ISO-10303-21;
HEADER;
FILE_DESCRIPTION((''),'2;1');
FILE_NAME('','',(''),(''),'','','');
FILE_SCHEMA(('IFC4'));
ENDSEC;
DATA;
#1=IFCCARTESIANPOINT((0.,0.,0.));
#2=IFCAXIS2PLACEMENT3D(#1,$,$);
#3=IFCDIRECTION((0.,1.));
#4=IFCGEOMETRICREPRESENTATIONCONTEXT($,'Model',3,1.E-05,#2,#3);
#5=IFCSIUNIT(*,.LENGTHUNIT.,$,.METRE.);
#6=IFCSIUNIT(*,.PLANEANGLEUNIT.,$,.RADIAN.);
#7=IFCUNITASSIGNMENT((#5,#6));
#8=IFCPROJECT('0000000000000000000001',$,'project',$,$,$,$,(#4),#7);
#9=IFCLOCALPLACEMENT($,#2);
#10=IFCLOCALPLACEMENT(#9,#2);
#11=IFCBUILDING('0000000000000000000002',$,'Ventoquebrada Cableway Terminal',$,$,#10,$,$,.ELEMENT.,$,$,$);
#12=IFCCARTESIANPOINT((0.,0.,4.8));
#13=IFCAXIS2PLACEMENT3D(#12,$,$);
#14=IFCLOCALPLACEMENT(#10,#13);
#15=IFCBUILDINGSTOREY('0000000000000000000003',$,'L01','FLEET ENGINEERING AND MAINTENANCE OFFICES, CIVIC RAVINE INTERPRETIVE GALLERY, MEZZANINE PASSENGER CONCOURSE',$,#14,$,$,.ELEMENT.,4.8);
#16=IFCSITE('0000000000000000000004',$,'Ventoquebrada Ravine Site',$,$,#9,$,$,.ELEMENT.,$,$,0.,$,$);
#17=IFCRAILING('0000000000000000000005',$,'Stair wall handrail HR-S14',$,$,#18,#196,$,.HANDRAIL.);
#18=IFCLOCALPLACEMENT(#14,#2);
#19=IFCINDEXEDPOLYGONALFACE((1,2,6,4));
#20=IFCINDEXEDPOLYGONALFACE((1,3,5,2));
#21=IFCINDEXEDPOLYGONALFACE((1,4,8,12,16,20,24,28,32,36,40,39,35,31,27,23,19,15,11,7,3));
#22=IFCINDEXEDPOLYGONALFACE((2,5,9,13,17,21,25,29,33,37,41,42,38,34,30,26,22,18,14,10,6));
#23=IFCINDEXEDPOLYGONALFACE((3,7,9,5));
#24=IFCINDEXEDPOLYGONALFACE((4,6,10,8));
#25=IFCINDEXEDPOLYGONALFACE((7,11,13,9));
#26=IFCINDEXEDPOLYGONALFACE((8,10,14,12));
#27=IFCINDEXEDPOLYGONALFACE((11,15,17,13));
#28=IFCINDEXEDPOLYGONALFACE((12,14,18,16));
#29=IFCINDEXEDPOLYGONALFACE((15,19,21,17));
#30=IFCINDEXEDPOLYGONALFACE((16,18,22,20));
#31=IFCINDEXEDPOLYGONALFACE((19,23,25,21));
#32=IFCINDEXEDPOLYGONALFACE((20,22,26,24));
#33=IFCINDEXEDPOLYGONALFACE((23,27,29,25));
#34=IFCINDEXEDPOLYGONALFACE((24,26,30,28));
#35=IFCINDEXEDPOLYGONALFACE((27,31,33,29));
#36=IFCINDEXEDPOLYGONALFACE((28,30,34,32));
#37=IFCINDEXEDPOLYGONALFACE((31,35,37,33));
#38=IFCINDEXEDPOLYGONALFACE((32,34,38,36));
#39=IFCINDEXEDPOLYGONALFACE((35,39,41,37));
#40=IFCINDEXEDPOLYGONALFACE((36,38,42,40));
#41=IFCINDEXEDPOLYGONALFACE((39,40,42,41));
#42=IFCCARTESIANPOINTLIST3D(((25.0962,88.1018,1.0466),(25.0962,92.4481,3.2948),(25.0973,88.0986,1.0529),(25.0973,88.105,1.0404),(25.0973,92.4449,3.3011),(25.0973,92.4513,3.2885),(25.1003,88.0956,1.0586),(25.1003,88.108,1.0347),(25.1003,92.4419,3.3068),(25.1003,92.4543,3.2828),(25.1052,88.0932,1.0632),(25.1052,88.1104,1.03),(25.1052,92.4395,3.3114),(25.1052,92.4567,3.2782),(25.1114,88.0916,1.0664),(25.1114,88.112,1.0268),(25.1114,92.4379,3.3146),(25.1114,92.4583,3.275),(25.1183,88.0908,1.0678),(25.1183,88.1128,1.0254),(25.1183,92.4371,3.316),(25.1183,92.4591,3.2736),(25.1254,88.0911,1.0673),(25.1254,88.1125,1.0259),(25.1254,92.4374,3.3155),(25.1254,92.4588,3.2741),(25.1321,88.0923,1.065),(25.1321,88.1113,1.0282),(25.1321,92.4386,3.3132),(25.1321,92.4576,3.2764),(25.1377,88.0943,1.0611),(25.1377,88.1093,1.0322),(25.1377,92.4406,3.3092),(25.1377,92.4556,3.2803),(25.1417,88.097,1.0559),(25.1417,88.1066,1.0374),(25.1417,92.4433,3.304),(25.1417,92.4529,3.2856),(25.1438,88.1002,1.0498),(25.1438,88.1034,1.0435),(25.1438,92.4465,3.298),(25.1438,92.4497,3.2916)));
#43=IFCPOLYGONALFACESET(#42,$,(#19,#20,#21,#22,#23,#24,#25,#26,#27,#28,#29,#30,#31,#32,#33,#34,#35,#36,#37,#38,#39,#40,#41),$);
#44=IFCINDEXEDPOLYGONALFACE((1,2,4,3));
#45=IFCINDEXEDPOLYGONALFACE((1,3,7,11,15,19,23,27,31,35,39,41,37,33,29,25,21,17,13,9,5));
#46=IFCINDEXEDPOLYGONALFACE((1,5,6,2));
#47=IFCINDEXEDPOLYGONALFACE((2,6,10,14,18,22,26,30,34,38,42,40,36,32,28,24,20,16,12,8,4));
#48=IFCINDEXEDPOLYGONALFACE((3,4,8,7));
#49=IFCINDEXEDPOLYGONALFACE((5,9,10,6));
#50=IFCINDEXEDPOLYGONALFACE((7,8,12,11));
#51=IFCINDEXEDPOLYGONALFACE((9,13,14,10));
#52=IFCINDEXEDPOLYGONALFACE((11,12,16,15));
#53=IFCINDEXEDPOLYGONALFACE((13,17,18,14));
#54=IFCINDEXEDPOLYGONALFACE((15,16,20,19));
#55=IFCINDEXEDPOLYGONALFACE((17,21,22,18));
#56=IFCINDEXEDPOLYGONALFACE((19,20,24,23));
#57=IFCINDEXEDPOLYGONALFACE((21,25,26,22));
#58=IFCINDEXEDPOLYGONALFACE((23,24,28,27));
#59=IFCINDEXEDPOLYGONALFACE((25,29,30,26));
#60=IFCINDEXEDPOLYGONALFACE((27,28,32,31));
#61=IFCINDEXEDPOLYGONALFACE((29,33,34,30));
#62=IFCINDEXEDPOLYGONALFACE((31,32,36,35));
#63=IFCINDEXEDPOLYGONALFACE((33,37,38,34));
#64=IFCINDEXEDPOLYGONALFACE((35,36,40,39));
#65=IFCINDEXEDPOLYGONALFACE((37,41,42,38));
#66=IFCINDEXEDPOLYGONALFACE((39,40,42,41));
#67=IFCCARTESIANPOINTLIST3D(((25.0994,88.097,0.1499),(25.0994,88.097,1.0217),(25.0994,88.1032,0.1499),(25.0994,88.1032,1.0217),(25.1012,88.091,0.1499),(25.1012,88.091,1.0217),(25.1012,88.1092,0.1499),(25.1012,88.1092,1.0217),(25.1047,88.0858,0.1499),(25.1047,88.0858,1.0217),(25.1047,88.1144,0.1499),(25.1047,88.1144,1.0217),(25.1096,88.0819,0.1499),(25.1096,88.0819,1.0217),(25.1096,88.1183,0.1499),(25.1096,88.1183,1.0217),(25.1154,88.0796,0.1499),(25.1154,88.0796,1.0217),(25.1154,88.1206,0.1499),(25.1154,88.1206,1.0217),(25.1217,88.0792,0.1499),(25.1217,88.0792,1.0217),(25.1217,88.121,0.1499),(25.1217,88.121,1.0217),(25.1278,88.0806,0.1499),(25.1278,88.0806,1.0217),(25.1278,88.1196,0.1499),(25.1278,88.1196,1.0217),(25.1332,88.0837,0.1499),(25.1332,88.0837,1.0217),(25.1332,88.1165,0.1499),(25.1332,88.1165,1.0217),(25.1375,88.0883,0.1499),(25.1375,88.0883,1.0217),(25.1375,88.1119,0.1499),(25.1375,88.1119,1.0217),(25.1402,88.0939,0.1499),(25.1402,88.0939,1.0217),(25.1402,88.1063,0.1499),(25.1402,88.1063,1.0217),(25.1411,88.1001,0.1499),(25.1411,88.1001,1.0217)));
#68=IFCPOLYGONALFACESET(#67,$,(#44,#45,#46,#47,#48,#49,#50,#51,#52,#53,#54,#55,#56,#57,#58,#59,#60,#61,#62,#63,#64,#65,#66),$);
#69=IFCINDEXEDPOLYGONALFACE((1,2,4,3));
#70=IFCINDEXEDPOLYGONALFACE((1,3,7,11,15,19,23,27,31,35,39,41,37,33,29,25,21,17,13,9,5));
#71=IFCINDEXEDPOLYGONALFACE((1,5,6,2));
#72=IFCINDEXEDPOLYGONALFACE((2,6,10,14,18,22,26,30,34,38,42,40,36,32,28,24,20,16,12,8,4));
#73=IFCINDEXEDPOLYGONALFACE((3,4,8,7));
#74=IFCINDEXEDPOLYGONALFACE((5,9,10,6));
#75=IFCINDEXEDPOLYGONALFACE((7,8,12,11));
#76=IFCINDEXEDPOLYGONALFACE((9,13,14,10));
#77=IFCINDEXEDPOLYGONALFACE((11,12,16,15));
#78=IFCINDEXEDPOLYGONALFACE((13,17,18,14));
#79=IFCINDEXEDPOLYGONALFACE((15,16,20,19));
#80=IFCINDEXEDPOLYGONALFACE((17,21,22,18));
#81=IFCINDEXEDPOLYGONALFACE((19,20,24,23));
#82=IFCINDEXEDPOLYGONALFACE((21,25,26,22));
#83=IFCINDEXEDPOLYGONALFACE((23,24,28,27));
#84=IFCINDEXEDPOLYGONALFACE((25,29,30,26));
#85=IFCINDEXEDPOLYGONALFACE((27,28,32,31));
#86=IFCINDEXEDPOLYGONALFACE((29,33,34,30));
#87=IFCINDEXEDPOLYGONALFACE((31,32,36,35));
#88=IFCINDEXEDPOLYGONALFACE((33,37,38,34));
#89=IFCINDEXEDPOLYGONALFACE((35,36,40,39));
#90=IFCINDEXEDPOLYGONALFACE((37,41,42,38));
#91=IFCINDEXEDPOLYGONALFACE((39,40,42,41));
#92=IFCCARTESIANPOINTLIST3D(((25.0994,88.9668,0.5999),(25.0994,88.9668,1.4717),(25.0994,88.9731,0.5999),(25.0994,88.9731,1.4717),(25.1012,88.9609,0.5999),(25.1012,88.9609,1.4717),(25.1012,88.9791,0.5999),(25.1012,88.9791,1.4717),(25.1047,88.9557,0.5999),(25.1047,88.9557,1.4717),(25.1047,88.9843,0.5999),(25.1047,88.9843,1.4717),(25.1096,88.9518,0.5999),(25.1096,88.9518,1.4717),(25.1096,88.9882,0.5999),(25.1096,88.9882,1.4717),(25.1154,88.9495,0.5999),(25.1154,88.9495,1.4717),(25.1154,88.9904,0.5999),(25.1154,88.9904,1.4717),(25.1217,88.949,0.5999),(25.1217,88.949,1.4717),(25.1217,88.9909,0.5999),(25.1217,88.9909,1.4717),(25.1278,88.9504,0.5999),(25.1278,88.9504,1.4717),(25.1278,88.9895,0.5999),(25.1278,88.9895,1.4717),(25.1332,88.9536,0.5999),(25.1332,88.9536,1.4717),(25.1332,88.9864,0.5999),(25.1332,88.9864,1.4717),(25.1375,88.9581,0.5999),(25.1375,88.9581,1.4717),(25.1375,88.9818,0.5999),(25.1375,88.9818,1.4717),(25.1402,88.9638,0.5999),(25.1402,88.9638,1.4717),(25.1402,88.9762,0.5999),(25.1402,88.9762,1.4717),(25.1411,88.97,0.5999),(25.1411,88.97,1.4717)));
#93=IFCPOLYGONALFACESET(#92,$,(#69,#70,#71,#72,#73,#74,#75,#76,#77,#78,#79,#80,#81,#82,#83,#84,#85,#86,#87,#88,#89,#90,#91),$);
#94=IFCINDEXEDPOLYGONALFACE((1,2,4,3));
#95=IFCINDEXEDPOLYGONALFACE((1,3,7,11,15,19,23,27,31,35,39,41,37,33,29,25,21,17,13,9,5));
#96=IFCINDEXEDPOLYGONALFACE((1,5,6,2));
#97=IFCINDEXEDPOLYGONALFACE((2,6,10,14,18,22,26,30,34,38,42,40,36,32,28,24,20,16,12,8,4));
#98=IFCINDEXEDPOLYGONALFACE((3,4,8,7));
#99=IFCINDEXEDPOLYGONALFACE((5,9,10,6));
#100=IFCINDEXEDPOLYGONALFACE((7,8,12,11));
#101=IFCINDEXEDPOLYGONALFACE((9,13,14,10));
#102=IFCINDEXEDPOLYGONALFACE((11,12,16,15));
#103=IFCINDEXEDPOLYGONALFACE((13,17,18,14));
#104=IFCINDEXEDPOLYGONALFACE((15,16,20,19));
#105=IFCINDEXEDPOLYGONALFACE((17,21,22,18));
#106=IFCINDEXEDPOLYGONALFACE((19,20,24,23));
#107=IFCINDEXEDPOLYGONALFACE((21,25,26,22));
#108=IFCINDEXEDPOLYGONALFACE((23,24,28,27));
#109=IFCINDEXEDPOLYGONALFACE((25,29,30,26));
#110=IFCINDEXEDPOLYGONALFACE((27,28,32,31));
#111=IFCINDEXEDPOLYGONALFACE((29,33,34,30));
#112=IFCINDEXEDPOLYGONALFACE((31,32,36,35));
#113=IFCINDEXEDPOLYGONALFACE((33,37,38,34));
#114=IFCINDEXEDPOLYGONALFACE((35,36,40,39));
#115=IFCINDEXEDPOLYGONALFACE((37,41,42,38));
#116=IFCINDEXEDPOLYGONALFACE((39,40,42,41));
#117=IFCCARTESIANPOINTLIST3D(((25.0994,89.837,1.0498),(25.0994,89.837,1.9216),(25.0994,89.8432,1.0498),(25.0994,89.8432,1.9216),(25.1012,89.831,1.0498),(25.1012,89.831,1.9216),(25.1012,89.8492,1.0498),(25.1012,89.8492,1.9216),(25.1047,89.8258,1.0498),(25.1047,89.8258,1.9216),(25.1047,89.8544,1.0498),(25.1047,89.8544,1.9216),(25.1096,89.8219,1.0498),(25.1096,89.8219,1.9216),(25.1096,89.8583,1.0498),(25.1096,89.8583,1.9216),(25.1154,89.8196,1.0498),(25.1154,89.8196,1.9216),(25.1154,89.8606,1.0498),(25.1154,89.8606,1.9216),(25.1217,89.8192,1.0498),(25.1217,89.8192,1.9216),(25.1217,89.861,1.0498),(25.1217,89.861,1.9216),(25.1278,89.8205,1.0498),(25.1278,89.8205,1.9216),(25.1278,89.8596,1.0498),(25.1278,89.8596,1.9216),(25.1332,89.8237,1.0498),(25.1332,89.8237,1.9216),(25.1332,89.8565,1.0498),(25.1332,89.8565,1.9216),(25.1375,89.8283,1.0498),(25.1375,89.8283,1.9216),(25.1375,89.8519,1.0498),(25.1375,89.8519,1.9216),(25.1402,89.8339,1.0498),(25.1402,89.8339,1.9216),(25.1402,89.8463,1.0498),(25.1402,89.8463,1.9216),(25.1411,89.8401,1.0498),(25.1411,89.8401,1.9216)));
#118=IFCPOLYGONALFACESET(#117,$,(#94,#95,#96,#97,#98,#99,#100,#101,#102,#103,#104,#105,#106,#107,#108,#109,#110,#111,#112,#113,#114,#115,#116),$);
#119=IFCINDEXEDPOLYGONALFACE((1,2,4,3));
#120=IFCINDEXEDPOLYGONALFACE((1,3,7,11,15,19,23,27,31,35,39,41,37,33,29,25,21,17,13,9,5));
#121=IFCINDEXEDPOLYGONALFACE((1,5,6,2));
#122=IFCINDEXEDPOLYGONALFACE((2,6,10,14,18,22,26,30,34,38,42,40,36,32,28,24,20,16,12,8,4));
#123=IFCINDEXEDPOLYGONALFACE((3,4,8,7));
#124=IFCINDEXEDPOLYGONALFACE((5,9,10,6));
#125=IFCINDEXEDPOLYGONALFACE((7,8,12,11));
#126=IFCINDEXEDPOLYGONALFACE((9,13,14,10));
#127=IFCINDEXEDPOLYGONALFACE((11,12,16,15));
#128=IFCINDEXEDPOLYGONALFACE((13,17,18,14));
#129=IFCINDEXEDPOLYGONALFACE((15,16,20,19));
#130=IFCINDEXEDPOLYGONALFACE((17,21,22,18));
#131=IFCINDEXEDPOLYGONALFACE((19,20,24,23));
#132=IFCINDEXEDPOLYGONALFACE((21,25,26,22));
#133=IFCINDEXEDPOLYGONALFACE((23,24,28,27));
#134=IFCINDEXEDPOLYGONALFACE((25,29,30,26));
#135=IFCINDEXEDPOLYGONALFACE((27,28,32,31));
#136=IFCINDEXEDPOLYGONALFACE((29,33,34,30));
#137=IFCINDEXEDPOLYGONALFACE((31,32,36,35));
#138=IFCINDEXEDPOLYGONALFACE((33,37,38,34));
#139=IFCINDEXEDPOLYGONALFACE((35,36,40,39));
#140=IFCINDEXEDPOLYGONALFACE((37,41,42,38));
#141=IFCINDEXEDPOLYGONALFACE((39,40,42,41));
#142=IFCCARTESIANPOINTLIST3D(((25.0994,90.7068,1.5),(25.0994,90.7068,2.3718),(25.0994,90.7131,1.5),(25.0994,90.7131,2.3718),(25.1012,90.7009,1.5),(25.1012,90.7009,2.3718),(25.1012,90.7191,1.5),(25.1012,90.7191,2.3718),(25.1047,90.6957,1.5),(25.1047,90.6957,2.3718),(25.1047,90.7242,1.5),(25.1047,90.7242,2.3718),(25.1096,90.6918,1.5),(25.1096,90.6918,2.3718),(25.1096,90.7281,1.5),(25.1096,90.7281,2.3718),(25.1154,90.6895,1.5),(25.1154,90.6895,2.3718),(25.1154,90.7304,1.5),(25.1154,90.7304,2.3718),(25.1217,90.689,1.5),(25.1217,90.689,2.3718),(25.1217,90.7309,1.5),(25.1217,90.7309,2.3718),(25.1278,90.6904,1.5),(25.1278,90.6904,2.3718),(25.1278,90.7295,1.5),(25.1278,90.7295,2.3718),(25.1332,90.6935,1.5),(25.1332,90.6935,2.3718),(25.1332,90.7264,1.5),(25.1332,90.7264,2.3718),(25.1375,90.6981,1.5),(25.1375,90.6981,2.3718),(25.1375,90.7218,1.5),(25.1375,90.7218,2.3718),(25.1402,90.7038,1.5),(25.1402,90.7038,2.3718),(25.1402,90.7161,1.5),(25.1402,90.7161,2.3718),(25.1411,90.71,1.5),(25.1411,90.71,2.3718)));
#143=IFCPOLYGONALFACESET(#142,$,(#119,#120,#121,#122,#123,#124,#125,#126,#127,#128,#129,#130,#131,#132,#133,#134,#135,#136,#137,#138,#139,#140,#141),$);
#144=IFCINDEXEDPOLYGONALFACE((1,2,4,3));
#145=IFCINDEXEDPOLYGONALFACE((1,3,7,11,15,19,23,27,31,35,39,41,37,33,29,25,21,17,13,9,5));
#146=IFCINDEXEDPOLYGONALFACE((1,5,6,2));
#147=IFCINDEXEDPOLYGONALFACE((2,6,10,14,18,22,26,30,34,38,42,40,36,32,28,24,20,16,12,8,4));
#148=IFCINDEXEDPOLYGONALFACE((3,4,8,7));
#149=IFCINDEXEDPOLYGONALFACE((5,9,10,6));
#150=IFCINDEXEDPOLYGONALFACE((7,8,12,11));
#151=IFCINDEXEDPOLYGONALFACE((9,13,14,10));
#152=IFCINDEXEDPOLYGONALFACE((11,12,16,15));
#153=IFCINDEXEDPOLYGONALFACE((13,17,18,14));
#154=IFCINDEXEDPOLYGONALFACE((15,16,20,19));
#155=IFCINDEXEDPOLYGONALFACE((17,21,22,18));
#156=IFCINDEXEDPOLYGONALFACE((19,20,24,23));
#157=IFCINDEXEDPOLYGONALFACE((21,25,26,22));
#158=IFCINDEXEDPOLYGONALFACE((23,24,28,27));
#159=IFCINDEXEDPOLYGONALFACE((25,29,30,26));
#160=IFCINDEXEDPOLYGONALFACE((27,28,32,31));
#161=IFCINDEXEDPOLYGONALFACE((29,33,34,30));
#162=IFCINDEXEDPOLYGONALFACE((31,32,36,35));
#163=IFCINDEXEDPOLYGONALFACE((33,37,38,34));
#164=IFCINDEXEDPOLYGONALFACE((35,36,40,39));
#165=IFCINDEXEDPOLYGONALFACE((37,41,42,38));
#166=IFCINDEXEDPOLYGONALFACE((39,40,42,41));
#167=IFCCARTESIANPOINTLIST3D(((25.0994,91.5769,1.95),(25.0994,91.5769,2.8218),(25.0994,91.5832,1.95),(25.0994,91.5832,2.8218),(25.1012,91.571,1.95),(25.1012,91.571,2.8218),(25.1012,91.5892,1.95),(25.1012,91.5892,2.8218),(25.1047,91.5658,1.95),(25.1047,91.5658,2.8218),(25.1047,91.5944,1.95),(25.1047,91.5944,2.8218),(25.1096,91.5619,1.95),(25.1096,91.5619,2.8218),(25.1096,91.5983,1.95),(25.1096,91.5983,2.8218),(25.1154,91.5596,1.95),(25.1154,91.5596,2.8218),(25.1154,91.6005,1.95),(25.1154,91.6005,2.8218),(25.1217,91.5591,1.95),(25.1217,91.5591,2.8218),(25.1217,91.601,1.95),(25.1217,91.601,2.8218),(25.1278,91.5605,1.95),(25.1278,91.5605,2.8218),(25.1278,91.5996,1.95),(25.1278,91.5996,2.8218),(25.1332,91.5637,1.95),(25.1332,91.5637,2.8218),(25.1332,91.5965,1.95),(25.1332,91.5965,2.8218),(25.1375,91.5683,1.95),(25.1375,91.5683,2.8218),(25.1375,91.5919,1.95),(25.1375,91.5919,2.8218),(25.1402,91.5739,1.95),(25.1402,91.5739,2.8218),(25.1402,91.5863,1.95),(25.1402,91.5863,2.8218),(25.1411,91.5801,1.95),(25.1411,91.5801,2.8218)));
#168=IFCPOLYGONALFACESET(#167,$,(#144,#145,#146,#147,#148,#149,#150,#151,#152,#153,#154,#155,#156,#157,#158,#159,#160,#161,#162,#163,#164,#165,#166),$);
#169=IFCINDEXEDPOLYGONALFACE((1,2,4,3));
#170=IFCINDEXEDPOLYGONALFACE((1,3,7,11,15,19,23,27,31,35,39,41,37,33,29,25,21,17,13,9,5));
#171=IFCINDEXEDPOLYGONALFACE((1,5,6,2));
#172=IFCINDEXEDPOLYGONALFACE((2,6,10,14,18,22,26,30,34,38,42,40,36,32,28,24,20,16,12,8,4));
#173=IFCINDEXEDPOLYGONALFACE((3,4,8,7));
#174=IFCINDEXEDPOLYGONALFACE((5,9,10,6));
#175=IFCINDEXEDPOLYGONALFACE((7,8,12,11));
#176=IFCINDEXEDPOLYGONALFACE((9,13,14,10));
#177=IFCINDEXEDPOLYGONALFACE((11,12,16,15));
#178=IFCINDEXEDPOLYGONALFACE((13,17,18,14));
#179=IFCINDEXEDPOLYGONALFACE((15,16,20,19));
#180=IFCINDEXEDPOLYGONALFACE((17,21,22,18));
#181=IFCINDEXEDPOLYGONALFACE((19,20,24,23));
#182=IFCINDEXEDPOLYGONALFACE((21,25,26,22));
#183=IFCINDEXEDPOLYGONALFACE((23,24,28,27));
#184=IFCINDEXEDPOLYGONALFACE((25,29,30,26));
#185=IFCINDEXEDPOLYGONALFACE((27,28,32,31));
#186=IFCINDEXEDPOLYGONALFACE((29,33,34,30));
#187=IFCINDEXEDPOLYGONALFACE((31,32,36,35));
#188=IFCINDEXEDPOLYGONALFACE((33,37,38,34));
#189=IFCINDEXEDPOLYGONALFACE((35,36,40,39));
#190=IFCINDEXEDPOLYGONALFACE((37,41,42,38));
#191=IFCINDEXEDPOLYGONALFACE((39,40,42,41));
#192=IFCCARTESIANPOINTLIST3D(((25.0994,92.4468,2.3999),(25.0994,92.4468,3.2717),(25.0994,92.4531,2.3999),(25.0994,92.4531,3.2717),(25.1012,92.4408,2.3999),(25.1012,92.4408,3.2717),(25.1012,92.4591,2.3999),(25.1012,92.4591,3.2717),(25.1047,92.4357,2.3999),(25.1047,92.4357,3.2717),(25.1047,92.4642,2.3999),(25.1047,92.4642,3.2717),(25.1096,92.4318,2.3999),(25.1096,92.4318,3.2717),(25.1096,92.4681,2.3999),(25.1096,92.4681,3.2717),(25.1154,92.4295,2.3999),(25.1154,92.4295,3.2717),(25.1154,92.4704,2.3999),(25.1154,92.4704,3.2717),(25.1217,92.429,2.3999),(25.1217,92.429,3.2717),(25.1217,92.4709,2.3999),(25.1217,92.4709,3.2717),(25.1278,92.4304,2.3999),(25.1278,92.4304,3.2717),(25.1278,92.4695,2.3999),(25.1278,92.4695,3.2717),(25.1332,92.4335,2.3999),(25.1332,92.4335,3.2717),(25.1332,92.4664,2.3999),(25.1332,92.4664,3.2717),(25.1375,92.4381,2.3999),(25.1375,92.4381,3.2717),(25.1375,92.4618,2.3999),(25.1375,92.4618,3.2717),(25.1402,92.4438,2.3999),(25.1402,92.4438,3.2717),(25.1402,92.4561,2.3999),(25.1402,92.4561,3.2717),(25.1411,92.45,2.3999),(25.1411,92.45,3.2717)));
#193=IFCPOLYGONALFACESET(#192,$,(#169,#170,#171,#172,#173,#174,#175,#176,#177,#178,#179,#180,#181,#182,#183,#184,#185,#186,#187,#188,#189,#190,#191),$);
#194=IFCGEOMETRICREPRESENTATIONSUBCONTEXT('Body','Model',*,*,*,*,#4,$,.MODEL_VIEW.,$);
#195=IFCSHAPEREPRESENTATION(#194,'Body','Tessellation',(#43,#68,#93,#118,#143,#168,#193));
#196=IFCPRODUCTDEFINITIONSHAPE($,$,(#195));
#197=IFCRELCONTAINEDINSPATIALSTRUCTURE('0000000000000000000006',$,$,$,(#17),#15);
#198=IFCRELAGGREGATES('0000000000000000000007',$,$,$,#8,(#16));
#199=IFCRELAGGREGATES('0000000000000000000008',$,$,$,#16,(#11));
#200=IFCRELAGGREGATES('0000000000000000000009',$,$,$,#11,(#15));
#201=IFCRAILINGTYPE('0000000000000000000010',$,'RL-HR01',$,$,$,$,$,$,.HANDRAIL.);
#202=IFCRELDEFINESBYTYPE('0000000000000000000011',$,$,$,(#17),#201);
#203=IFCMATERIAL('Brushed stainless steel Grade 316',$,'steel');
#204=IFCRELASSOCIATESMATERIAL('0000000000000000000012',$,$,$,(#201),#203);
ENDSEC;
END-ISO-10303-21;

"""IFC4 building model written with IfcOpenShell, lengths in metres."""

from ifc_helpers import new_model, si_unit, direction, frame, origin, origin_2d, place, context, subcontext, project, spatial, circle, extrude, material, type_object, element, save


model = new_model("IFC4")

# Units and contexts
model_context = context("Model", 3, precision=1e-05, world=origin(), true_north=direction((0.0, 1.0)))
body_context = subcontext(model_context, "Body", "Model", "MODEL_VIEW")
ifc_project = project(units=[si_unit("LENGTHUNIT", "METRE"), si_unit("PLANEANGLEUNIT", "RADIAN")], contexts=[model_context])

# Site, building, storey
site_placement = place(None, origin())
site = spatial("IfcSite", under=ifc_project, at=site_placement, Name="Ventoquebrada Ravine Site", CompositionType="ELEMENT", RefElevation=0.0)
building_placement = place(site_placement, origin())
building = spatial("IfcBuilding", under=site, at=building_placement, Name="Ventoquebrada Cableway Terminal", CompositionType="ELEMENT")
storey_placement = place(building_placement, frame((0.0, 0.0, 4.8)))
storey = spatial("IfcBuildingStorey", under=building, at=storey_placement, Name="L01", Description="FLEET ENGINEERING AND MAINTENANCE OFFICES, CIVIC RAVINE INTERPRETIVE GALLERY, MEZZANINE PASSENGER CONCOURSE", CompositionType="ELEMENT", Elevation=4.8)

# Railing
ifc_material_1 = material(Name="Brushed stainless steel Grade 316", Category="steel")
railing_type_1 = type_object("IfcRailingType", Name="RL-HR01", PredefinedType="HANDRAIL", material=ifc_material_1)
railing_1_placement = place(storey_placement, frame((25.1201, 88.1001, 0.1499)))
element("IfcRailing", 1, at=railing_1_placement, inside=storey, type_object=railing_type_1, Name="Stair wall handrail HR-S14", PredefinedType="HANDRAIL", context=body_context, shape_type="SweptSolid", body=[
    extrude(circle(Radius=0.0239, at=origin_2d()), frame((0.0, 0.0017, 0.8967), z_axis=(0.0, 0.888211, 0.459435), x_axis=(-1.0, 0.0, 0.0)), (0.0, 0.0, 1.0), 4.8933),
    extrude(circle(Radius=0.021, at=origin_2d()), origin(), (0.0, 0.0, 1.0), 0.8718),
    extrude(circle(Radius=0.021, at=origin_2d()), frame((0.0, 0.8699, 0.45)), (0.0, 0.0, 1.0), 0.8718),
    extrude(circle(Radius=0.021, at=origin_2d()), frame((0.0, 1.74, 0.8999)), (0.0, 0.0, 1.0), 0.8718),
    extrude(circle(Radius=0.021, at=origin_2d()), frame((0.0, 2.6099, 1.3501)), (0.0, 0.0, 1.0), 0.8718),
    extrude(circle(Radius=0.021, at=origin_2d()), frame((0.0, 3.48, 1.8)), (0.0, 0.0, 1.0), 0.8718),
    extrude(circle(Radius=0.021, at=origin_2d()), frame((0.0, 4.3499, 2.25)), (0.0, 0.0, 1.0), 0.8718),
])

save(model, "model.ifc")
